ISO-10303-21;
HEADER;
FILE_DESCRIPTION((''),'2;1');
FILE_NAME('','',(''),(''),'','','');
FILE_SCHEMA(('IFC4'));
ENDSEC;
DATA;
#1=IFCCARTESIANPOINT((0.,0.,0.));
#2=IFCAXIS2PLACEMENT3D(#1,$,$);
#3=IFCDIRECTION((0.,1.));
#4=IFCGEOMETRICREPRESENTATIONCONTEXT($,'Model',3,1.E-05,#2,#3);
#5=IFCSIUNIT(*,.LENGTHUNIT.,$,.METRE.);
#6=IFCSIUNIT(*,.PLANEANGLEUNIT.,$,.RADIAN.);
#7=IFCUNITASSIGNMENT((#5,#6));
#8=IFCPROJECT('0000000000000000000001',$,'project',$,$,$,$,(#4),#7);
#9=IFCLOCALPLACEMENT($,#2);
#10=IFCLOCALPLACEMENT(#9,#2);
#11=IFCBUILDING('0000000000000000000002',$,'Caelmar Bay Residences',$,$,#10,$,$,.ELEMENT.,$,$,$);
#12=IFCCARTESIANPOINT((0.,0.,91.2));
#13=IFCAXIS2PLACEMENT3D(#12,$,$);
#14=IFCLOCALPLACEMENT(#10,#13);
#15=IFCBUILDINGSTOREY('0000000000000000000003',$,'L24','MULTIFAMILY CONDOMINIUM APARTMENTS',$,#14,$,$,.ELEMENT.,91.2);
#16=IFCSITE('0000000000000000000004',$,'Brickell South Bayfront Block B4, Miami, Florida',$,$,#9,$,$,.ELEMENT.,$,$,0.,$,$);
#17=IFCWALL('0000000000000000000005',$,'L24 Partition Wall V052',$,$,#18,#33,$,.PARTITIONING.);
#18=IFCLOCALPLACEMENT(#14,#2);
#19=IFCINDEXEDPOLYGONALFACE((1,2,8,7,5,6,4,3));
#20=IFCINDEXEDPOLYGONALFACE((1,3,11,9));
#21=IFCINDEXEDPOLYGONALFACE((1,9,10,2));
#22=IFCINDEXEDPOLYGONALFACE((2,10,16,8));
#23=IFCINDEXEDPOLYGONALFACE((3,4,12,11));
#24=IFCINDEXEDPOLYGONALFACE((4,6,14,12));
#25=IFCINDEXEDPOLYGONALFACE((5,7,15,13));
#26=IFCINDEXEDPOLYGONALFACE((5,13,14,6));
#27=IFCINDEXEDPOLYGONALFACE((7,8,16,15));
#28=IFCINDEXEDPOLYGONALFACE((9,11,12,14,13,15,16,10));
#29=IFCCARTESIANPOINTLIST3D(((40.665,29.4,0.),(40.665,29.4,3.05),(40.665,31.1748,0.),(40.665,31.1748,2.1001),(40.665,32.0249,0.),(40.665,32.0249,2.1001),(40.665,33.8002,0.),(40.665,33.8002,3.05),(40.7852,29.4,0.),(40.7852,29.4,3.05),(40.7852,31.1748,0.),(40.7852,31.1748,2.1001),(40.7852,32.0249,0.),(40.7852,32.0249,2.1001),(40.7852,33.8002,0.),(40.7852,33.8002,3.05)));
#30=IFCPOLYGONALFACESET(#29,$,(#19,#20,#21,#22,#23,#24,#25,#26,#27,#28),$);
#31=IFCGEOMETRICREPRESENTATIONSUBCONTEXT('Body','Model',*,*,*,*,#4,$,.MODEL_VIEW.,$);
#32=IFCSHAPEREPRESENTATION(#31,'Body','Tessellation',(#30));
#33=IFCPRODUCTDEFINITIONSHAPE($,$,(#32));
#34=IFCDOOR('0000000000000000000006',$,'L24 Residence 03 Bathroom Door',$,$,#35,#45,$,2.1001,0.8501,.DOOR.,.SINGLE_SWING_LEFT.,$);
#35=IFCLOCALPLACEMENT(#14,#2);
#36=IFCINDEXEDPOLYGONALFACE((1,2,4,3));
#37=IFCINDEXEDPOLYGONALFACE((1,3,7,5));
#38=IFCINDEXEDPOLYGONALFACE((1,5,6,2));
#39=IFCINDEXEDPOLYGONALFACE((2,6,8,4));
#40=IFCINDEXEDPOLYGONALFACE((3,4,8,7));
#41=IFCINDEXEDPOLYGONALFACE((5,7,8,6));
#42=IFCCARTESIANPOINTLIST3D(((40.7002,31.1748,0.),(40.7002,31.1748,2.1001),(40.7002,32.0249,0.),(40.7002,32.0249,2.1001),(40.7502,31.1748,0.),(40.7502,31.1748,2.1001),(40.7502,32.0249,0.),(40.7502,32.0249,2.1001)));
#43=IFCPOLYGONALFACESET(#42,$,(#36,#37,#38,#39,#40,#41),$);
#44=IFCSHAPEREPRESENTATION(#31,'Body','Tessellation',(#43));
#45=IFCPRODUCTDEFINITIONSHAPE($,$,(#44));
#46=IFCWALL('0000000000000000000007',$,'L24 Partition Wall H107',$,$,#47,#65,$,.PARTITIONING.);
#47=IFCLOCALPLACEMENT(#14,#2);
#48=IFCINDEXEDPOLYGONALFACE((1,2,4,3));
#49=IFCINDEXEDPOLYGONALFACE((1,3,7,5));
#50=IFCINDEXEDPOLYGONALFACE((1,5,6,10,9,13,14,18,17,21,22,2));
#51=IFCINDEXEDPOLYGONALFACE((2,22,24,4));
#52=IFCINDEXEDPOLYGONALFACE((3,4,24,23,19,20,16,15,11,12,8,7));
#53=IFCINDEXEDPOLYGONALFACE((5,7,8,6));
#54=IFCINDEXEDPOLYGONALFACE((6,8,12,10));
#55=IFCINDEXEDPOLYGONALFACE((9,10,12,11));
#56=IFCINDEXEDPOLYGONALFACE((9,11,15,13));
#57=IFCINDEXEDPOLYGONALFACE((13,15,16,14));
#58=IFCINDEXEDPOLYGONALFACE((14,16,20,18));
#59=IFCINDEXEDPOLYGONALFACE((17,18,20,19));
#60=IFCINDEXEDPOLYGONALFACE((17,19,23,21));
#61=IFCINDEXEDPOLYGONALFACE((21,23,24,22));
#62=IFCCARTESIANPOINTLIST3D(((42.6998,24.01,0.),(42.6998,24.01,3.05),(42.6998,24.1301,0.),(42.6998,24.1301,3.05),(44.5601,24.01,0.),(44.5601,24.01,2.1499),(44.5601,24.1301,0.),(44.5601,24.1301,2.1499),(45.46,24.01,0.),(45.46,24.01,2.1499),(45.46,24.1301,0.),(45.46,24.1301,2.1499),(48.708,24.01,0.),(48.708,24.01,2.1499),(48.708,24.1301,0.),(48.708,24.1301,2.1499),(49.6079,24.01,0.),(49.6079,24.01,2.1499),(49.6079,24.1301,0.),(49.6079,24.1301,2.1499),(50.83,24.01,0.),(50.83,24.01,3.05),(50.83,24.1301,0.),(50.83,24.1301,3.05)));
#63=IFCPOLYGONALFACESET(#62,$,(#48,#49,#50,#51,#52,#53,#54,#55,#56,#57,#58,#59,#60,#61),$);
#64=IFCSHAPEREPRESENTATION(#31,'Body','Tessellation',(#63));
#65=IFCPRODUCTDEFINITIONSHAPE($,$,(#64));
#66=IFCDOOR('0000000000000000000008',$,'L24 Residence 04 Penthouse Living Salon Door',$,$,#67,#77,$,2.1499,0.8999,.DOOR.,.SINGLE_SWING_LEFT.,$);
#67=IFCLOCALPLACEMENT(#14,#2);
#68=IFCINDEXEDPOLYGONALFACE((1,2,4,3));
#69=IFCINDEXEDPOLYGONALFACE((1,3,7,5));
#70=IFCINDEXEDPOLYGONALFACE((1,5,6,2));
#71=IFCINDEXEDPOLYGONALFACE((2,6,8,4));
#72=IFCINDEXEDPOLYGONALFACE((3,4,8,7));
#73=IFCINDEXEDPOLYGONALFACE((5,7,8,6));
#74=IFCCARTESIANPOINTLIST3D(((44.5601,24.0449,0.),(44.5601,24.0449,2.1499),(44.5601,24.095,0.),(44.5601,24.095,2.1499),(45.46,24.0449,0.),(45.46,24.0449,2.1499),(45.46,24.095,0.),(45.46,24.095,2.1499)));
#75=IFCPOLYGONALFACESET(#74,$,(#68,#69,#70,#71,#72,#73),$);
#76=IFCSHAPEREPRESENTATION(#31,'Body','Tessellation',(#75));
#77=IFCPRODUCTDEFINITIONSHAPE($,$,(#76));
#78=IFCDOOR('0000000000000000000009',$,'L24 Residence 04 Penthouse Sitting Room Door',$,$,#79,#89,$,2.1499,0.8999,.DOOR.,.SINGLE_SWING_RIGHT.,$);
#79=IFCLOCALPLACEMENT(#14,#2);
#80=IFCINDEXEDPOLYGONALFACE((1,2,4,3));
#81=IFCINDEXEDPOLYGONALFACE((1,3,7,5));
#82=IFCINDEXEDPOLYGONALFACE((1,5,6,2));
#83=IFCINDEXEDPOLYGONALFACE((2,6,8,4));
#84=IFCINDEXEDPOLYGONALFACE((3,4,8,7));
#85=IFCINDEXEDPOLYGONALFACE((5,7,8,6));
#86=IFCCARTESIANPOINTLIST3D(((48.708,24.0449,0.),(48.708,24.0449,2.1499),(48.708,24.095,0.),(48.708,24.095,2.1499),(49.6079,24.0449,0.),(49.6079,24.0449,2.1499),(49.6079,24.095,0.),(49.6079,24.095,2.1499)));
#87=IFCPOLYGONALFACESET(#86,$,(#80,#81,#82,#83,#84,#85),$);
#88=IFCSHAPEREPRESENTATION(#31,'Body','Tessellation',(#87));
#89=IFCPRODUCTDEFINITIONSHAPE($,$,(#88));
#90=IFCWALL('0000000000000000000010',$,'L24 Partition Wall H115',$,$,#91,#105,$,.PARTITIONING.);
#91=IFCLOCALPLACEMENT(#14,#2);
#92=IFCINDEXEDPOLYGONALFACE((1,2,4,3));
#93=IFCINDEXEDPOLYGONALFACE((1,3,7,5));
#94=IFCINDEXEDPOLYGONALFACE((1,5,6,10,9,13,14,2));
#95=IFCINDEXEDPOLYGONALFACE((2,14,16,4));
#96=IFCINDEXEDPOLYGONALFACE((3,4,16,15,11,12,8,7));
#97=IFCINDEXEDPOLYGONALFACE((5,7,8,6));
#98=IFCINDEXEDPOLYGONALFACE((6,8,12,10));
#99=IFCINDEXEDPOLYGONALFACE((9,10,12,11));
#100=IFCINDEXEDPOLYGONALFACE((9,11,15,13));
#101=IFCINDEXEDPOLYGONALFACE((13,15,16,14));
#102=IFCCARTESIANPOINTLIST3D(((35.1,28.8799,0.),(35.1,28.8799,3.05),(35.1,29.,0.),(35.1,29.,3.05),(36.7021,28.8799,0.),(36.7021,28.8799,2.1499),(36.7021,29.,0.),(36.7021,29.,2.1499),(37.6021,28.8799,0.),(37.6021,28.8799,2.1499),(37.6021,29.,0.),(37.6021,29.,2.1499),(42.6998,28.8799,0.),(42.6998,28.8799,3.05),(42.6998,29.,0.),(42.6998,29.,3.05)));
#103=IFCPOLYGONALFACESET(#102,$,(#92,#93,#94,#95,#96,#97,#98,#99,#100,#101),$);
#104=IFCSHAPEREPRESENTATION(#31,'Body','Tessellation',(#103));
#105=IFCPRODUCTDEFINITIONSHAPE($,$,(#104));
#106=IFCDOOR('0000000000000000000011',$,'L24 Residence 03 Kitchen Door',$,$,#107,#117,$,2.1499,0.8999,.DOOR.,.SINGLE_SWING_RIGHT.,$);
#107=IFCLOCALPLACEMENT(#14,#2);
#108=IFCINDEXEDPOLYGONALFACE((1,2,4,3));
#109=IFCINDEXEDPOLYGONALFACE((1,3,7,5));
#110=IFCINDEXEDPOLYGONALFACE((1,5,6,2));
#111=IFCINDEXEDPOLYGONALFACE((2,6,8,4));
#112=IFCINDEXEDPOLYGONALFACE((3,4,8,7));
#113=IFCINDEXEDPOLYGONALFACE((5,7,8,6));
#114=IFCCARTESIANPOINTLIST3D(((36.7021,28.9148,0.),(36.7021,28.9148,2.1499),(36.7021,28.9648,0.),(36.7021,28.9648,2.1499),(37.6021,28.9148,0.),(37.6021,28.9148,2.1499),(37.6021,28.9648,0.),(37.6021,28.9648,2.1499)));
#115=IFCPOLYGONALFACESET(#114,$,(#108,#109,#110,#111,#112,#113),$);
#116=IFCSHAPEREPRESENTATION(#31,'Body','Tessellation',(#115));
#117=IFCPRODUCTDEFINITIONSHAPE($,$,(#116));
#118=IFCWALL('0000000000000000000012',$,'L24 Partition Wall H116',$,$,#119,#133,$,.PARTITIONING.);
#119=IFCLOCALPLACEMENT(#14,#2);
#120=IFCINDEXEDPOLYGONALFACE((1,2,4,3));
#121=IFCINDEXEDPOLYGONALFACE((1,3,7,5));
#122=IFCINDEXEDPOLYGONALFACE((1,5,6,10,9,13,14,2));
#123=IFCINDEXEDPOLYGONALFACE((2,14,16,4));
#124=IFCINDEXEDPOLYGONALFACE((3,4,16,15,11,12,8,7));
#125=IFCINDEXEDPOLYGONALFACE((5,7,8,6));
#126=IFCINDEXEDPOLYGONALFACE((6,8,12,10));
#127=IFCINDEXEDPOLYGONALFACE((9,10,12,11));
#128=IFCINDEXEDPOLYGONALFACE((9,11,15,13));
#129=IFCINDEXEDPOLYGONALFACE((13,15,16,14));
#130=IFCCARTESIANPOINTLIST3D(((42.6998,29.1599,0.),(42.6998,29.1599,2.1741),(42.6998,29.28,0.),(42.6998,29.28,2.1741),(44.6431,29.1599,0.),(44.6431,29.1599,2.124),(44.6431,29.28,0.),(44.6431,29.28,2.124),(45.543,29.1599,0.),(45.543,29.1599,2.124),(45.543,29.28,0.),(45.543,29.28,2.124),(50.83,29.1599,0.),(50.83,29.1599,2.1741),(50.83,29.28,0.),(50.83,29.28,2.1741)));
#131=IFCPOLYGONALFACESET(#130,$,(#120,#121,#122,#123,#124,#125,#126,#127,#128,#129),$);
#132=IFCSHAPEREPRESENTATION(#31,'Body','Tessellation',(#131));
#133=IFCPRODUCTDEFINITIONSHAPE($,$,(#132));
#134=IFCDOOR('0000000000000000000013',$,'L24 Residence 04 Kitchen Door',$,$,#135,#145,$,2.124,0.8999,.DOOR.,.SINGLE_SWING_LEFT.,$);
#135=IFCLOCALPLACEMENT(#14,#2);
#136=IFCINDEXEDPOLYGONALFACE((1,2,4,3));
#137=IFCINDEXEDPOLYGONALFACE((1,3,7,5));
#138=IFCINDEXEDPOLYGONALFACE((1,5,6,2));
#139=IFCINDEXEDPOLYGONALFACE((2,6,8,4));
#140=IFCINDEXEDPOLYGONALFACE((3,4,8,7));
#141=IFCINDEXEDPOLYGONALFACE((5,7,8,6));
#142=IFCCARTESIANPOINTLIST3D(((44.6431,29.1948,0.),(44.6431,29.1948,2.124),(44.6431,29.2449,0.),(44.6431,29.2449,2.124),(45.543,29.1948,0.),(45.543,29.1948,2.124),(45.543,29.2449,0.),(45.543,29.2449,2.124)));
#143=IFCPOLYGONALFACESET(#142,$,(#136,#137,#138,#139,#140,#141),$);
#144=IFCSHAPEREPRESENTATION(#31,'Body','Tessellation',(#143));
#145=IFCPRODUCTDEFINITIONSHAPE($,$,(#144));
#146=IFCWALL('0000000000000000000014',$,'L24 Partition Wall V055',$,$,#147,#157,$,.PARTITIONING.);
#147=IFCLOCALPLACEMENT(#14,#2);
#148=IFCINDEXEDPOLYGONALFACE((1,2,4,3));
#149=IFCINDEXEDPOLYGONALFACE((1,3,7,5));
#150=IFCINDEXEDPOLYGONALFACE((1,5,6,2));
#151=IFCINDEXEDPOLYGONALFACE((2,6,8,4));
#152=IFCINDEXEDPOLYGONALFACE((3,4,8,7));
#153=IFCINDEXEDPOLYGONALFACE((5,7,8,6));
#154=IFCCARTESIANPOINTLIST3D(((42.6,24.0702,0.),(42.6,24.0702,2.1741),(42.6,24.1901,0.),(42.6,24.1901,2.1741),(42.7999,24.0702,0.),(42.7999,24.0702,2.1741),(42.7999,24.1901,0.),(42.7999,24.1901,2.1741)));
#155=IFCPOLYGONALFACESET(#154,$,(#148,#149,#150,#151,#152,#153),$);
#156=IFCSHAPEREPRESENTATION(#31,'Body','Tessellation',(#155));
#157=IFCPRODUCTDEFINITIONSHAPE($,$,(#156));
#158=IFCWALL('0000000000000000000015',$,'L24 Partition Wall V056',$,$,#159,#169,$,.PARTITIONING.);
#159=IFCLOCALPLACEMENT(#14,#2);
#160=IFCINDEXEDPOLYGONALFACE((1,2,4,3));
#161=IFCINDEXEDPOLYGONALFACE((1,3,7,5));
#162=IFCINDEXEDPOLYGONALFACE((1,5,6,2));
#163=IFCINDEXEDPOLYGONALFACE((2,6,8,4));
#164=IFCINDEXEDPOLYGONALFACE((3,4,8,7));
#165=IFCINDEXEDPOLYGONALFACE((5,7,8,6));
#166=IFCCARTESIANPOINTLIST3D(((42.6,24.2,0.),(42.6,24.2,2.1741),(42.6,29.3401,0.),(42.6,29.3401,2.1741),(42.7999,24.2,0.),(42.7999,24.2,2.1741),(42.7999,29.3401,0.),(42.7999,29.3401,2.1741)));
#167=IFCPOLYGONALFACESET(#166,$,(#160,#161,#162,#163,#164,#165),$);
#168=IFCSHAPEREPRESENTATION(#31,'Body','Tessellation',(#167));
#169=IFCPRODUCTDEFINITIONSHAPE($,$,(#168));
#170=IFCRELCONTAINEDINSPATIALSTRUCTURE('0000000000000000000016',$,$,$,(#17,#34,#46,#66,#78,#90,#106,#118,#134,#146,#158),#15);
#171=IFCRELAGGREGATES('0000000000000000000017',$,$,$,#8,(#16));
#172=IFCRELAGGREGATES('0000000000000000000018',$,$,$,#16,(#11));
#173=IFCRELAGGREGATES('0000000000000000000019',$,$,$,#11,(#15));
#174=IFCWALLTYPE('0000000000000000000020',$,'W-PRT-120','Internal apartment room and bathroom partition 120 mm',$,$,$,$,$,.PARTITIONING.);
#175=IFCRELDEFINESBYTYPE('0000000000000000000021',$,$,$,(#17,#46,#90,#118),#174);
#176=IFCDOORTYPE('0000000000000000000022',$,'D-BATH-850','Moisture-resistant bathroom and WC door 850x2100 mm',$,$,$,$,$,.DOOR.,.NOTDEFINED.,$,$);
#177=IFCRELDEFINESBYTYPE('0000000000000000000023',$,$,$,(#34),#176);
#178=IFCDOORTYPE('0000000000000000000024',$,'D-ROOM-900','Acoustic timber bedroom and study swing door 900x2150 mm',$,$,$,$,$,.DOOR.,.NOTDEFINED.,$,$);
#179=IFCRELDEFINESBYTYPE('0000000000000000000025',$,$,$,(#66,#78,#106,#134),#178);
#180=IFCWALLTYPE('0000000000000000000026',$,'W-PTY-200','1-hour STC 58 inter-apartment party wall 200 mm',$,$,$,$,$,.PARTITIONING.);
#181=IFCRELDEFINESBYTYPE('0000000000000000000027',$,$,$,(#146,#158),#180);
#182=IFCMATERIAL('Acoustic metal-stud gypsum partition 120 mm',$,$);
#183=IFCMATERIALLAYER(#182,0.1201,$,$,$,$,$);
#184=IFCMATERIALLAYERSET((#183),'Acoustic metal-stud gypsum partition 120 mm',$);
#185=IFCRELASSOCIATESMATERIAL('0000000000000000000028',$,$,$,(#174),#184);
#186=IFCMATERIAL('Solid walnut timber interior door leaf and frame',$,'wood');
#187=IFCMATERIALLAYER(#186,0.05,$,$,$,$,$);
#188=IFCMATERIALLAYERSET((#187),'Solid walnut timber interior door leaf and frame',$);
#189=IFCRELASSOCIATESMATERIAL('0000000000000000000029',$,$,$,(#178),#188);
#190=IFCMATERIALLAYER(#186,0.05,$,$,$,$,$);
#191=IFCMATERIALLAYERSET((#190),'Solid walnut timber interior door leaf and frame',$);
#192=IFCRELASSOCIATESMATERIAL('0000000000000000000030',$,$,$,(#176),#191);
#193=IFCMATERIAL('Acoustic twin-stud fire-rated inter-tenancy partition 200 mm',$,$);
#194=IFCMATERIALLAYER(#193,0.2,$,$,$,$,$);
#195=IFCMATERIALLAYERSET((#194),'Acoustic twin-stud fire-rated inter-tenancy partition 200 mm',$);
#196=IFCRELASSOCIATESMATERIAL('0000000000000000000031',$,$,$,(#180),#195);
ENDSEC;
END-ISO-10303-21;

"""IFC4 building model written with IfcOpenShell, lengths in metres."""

from ifc_helpers import new_model, si_unit, direction, frame, frame_2d, origin, place, context, subcontext, project, spatial, rectangle, extrude, material, layer, layer_set, type_object, element, fill, save


model = new_model("IFC4")

# Units and contexts
model_context = context("Model", 3, precision=1e-05, world=origin(), true_north=direction((0.0, 1.0)))
body_context = subcontext(model_context, "Body", "Model", "MODEL_VIEW")
ifc_project = project(units=[si_unit("LENGTHUNIT", "METRE"), si_unit("PLANEANGLEUNIT", "RADIAN")], contexts=[model_context])

# Site, building, storey
site_placement = place(None, origin())
site = spatial("IfcSite", under=ifc_project, at=site_placement, Name="Brickell South Bayfront Block B4, Miami, Florida", CompositionType="ELEMENT", RefElevation=0.0)
building_placement = place(site_placement, origin())
building = spatial("IfcBuilding", under=site, at=building_placement, Name="Caelmar Bay Residences", CompositionType="ELEMENT")
storey_placement = place(building_placement, frame((0.0, 0.0, 91.2)))
storey = spatial("IfcBuildingStorey", under=building, at=storey_placement, Name="L24", Description="MULTIFAMILY CONDOMINIUM APARTMENTS", CompositionType="ELEMENT", Elevation=91.2)

# Shared definitions
ifc_material_1 = material(Name="Acoustic metal-stud gypsum partition 120 mm")
ifc_layer_1 = layer(ifc_material_1, 0.1201)
ifc_layer_set_1 = layer_set([ifc_layer_1], Name="Acoustic metal-stud gypsum partition 120 mm")
wall_type_1 = type_object("IfcWallType", Name="W-PRT-120", Description="Internal apartment room and bathroom partition 120 mm", PredefinedType="PARTITIONING", material=ifc_layer_set_1)

# Shared definitions
ifc_material_2 = material(Name="Solid walnut timber interior door leaf and frame", Category="wood")
ifc_layer_2 = layer(ifc_material_2, 0.05)
ifc_layer_set_2 = layer_set([ifc_layer_2], Name="Solid walnut timber interior door leaf and frame")
door_type_1 = type_object("IfcDoorType", Name="D-ROOM-900", Description="Acoustic timber bedroom and study swing door 900x2150 mm", OperationType="NOTDEFINED", PredefinedType="DOOR", material=ifc_layer_set_2)

# Wall, opening, door
wall_1_placement = place(storey_placement, frame((40.7251, 29.3999, 0.0), z_axis=(0.0, 0.0, 1.0), x_axis=(0.0, 1.0, 0.0)))
wall_1 = element("IfcWall", 1, at=wall_1_placement, inside=storey, type_object=wall_type_1, Name="L24 Partition Wall V052", PredefinedType="PARTITIONING", context=body_context, shape_type="SweptSolid", body=[
    extrude(rectangle(XDim=4.4001, YDim=0.1201, at=frame_2d((2.2002, 0.0))), origin(), (0.0, 0.0, 1.0), 3.05),
])
opening_1_placement = place(wall_1_placement, frame((1.7749, 0.0, 0.0)))
opening_1 = element("IfcOpeningElement", 2, at=opening_1_placement, cuts=wall_1, PredefinedType="OPENING", context=body_context, shape_type="SweptSolid", body=[
    extrude(rectangle(XDim=0.8501, YDim=2.1001, at=frame_2d((0.425, 1.05))), frame((0.0, 0.0701, 0.0), z_axis=(0.0, -1.0, 0.0), x_axis=(1.0, 0.0, 0.0)), (0.0, 0.0, 1.0), 0.1401),
])
ifc_layer_3 = layer(ifc_material_2, 0.05)
ifc_layer_set_3 = layer_set([ifc_layer_3], Name="Solid walnut timber interior door leaf and frame")
door_type_2 = type_object("IfcDoorType", Name="D-BATH-850", Description="Moisture-resistant bathroom and WC door 850x2100 mm", OperationType="NOTDEFINED", PredefinedType="DOOR", material=ifc_layer_set_3)
door_1_placement = place(opening_1_placement, origin())
door_1 = element("IfcDoor", 3, at=door_1_placement, inside=storey, type_object=door_type_2, Name="L24 Residence 03 Bathroom Door", OperationType="SINGLE_SWING_LEFT", OverallHeight=2.1001, OverallWidth=0.8501, PredefinedType="DOOR", context=body_context, shape_type="SweptSolid", body=[
    extrude(rectangle(XDim=0.8501, YDim=2.1001, at=frame_2d((0.425, 1.05))), frame((0.0, 0.0249, 0.0), z_axis=(0.0, -1.0, 0.0), x_axis=(1.0, 0.0, 0.0)), (0.0, 0.0, 1.0), 0.05),
])
fill(opening_1, door_1)

# Wall, openings, doors
wall_2_placement = place(storey_placement, frame((42.7, 24.0701, 0.0), z_axis=(0.0, 0.0, 1.0), x_axis=(1.0, 0.0, 0.0)))
wall_2 = element("IfcWall", 4, at=wall_2_placement, inside=storey, type_object=wall_type_1, Name="L24 Partition Wall H107", PredefinedType="PARTITIONING", context=body_context, shape_type="SweptSolid", body=[
    extrude(rectangle(XDim=8.1301, YDim=0.1201, at=frame_2d((4.0649, 0.0))), origin(), (0.0, 0.0, 1.0), 3.05),
])
opening_2_placement = place(wall_2_placement, frame((1.8601, 0.0, 0.0)))
opening_2 = element("IfcOpeningElement", 5, at=opening_2_placement, cuts=wall_2, PredefinedType="OPENING", context=body_context, shape_type="SweptSolid", body=[
    extrude(rectangle(XDim=0.8999, YDim=2.1499, at=frame_2d((0.45, 1.075))), frame((0.0, 0.0701, 0.0), z_axis=(0.0, -1.0, 0.0), x_axis=(1.0, 0.0, 0.0)), (0.0, 0.0, 1.0), 0.1401),
])
opening_3_placement = place(wall_2_placement, frame((6.0081, 0.0, 0.0)))
opening_3 = element("IfcOpeningElement", 6, at=opening_3_placement, cuts=wall_2, PredefinedType="OPENING", context=body_context, shape_type="SweptSolid", body=[
    extrude(rectangle(XDim=0.8999, YDim=2.1499, at=frame_2d((0.45, 1.075))), frame((0.0, 0.0701, 0.0), z_axis=(0.0, -1.0, 0.0), x_axis=(1.0, 0.0, 0.0)), (0.0, 0.0, 1.0), 0.1401),
])
door_2_placement = place(opening_2_placement, origin())
door_2 = element("IfcDoor", 7, at=door_2_placement, inside=storey, type_object=door_type_1, Name="L24 Residence 04 Penthouse Living Salon Door", OperationType="SINGLE_SWING_LEFT", OverallHeight=2.1499, OverallWidth=0.8999, PredefinedType="DOOR", context=body_context, shape_type="SweptSolid", body=[
    extrude(rectangle(XDim=0.8999, YDim=2.1499, at=frame_2d((0.45, 1.075))), frame((0.0, 0.0249, 0.0), z_axis=(0.0, -1.0, 0.0), x_axis=(1.0, 0.0, 0.0)), (0.0, 0.0, 1.0), 0.05),
])
fill(opening_2, door_2)
door_3_placement = place(opening_3_placement, origin())
door_3 = element("IfcDoor", 8, at=door_3_placement, inside=storey, type_object=door_type_1, Name="L24 Residence 04 Penthouse Sitting Room Door", OperationType="SINGLE_SWING_RIGHT", OverallHeight=2.1499, OverallWidth=0.8999, PredefinedType="DOOR", context=body_context, shape_type="SweptSolid", body=[
    extrude(rectangle(XDim=0.8999, YDim=2.1499, at=frame_2d((0.45, 1.075))), frame((0.0, 0.0249, 0.0), z_axis=(0.0, -1.0, 0.0), x_axis=(1.0, 0.0, 0.0)), (0.0, 0.0, 1.0), 0.05),
])
fill(opening_3, door_3)

# Walls, openings, doors
wall_3_placement = place(storey_placement, frame((35.1001, 28.9399, 0.0), z_axis=(0.0, 0.0, 1.0), x_axis=(1.0, 0.0, 0.0)))
wall_3 = element("IfcWall", 9, at=wall_3_placement, inside=storey, type_object=wall_type_1, Name="L24 Partition Wall H115", PredefinedType="PARTITIONING", context=body_context, shape_type="SweptSolid", body=[
    extrude(rectangle(XDim=7.5999, YDim=0.1201, at=frame_2d((3.7998, 0.0))), origin(), (0.0, 0.0, 1.0), 3.05),
])
opening_4_placement = place(wall_3_placement, frame((1.6021, 0.0, 0.0)))
opening_4 = element("IfcOpeningElement", 10, at=opening_4_placement, cuts=wall_3, PredefinedType="OPENING", context=body_context, shape_type="SweptSolid", body=[
    extrude(rectangle(XDim=0.8999, YDim=2.1499, at=frame_2d((0.45, 1.075))), frame((0.0, 0.0701, 0.0), z_axis=(0.0, -1.0, 0.0), x_axis=(1.0, 0.0, 0.0)), (0.0, 0.0, 1.0), 0.1401),
])
door_4_placement = place(opening_4_placement, origin())
door_4 = element("IfcDoor", 11, at=door_4_placement, inside=storey, type_object=door_type_1, Name="L24 Residence 03 Kitchen Door", OperationType="SINGLE_SWING_RIGHT", OverallHeight=2.1499, OverallWidth=0.8999, PredefinedType="DOOR", context=body_context, shape_type="SweptSolid", body=[
    extrude(rectangle(XDim=0.8999, YDim=2.1499, at=frame_2d((0.45, 1.075))), frame((0.0, 0.0249, 0.0), z_axis=(0.0, -1.0, 0.0), x_axis=(1.0, 0.0, 0.0)), (0.0, 0.0, 1.0), 0.05),
])
fill(opening_4, door_4)
wall_4_placement = place(storey_placement, frame((42.7, 29.22, 0.0), z_axis=(0.0, 0.0, 1.0), x_axis=(1.0, 0.0, 0.0)))
wall_4 = element("IfcWall", 12, at=wall_4_placement, inside=storey, type_object=wall_type_1, Name="L24 Partition Wall H116", PredefinedType="PARTITIONING", context=body_context, shape_type="SweptSolid", body=[
    extrude(rectangle(XDim=8.1301, YDim=0.1201, at=frame_2d((4.0649, 0.0))), origin(), (0.0, 0.0, 1.0), 2.1741),
])
opening_5_placement = place(wall_4_placement, frame((1.9431, 0.0, 0.0)))
opening_5 = element("IfcOpeningElement", 13, at=opening_5_placement, cuts=wall_4, PredefinedType="OPENING", context=body_context, shape_type="SweptSolid", body=[
    extrude(rectangle(XDim=0.8999, YDim=2.124, at=frame_2d((0.45, 1.062))), frame((0.0, 0.0701, 0.0), z_axis=(0.0, -1.0, 0.0), x_axis=(1.0, 0.0, 0.0)), (0.0, 0.0, 1.0), 0.1401),
])
door_5_placement = place(opening_5_placement, origin())
door_5 = element("IfcDoor", 14, at=door_5_placement, inside=storey, type_object=door_type_1, Name="L24 Residence 04 Kitchen Door", OperationType="SINGLE_SWING_LEFT", OverallHeight=2.124, OverallWidth=0.8999, PredefinedType="DOOR", context=body_context, shape_type="SweptSolid", body=[
    extrude(rectangle(XDim=0.8999, YDim=2.124, at=frame_2d((0.45, 1.062))), frame((0.0, 0.0249, 0.0), z_axis=(0.0, -1.0, 0.0), x_axis=(1.0, 0.0, 0.0)), (0.0, 0.0, 1.0), 0.05),
])
fill(opening_5, door_5)

# Walls
ifc_material_3 = material(Name="Acoustic twin-stud fire-rated inter-tenancy partition 200 mm")
ifc_layer_4 = layer(ifc_material_3, 0.2)
ifc_layer_set_4 = layer_set([ifc_layer_4], Name="Acoustic twin-stud fire-rated inter-tenancy partition 200 mm")
wall_type_2 = type_object("IfcWallType", Name="W-PTY-200", Description="1-hour STC 58 inter-apartment party wall 200 mm", PredefinedType="PARTITIONING", material=ifc_layer_set_4)
wall_5_placement = place(storey_placement, frame((42.7, 24.0701, 0.0), z_axis=(0.0, 0.0, 1.0), x_axis=(0.0, 1.0, 0.0)))
element("IfcWall", 15, at=wall_5_placement, inside=storey, type_object=wall_type_2, Name="L24 Partition Wall V055", PredefinedType="PARTITIONING", context=body_context, shape_type="SweptSolid", body=[
    extrude(rectangle(XDim=0.1199, YDim=0.2, at=frame_2d((0.0601, 0.0))), origin(), (0.0, 0.0, 1.0), 2.1741),
])
wall_6_placement = place(storey_placement, frame((42.7, 24.2, 0.0), z_axis=(0.0, 0.0, 1.0), x_axis=(0.0, 1.0, 0.0)))
element("IfcWall", 16, at=wall_6_placement, inside=storey, type_object=wall_type_2, Name="L24 Partition Wall V056", PredefinedType="PARTITIONING", context=body_context, shape_type="SweptSolid", body=[
    extrude(rectangle(XDim=5.1401, YDim=0.2, at=frame_2d((2.5701, 0.0))), origin(), (0.0, 0.0, 1.0), 2.1741),
])

save(model, "model.ifc")
